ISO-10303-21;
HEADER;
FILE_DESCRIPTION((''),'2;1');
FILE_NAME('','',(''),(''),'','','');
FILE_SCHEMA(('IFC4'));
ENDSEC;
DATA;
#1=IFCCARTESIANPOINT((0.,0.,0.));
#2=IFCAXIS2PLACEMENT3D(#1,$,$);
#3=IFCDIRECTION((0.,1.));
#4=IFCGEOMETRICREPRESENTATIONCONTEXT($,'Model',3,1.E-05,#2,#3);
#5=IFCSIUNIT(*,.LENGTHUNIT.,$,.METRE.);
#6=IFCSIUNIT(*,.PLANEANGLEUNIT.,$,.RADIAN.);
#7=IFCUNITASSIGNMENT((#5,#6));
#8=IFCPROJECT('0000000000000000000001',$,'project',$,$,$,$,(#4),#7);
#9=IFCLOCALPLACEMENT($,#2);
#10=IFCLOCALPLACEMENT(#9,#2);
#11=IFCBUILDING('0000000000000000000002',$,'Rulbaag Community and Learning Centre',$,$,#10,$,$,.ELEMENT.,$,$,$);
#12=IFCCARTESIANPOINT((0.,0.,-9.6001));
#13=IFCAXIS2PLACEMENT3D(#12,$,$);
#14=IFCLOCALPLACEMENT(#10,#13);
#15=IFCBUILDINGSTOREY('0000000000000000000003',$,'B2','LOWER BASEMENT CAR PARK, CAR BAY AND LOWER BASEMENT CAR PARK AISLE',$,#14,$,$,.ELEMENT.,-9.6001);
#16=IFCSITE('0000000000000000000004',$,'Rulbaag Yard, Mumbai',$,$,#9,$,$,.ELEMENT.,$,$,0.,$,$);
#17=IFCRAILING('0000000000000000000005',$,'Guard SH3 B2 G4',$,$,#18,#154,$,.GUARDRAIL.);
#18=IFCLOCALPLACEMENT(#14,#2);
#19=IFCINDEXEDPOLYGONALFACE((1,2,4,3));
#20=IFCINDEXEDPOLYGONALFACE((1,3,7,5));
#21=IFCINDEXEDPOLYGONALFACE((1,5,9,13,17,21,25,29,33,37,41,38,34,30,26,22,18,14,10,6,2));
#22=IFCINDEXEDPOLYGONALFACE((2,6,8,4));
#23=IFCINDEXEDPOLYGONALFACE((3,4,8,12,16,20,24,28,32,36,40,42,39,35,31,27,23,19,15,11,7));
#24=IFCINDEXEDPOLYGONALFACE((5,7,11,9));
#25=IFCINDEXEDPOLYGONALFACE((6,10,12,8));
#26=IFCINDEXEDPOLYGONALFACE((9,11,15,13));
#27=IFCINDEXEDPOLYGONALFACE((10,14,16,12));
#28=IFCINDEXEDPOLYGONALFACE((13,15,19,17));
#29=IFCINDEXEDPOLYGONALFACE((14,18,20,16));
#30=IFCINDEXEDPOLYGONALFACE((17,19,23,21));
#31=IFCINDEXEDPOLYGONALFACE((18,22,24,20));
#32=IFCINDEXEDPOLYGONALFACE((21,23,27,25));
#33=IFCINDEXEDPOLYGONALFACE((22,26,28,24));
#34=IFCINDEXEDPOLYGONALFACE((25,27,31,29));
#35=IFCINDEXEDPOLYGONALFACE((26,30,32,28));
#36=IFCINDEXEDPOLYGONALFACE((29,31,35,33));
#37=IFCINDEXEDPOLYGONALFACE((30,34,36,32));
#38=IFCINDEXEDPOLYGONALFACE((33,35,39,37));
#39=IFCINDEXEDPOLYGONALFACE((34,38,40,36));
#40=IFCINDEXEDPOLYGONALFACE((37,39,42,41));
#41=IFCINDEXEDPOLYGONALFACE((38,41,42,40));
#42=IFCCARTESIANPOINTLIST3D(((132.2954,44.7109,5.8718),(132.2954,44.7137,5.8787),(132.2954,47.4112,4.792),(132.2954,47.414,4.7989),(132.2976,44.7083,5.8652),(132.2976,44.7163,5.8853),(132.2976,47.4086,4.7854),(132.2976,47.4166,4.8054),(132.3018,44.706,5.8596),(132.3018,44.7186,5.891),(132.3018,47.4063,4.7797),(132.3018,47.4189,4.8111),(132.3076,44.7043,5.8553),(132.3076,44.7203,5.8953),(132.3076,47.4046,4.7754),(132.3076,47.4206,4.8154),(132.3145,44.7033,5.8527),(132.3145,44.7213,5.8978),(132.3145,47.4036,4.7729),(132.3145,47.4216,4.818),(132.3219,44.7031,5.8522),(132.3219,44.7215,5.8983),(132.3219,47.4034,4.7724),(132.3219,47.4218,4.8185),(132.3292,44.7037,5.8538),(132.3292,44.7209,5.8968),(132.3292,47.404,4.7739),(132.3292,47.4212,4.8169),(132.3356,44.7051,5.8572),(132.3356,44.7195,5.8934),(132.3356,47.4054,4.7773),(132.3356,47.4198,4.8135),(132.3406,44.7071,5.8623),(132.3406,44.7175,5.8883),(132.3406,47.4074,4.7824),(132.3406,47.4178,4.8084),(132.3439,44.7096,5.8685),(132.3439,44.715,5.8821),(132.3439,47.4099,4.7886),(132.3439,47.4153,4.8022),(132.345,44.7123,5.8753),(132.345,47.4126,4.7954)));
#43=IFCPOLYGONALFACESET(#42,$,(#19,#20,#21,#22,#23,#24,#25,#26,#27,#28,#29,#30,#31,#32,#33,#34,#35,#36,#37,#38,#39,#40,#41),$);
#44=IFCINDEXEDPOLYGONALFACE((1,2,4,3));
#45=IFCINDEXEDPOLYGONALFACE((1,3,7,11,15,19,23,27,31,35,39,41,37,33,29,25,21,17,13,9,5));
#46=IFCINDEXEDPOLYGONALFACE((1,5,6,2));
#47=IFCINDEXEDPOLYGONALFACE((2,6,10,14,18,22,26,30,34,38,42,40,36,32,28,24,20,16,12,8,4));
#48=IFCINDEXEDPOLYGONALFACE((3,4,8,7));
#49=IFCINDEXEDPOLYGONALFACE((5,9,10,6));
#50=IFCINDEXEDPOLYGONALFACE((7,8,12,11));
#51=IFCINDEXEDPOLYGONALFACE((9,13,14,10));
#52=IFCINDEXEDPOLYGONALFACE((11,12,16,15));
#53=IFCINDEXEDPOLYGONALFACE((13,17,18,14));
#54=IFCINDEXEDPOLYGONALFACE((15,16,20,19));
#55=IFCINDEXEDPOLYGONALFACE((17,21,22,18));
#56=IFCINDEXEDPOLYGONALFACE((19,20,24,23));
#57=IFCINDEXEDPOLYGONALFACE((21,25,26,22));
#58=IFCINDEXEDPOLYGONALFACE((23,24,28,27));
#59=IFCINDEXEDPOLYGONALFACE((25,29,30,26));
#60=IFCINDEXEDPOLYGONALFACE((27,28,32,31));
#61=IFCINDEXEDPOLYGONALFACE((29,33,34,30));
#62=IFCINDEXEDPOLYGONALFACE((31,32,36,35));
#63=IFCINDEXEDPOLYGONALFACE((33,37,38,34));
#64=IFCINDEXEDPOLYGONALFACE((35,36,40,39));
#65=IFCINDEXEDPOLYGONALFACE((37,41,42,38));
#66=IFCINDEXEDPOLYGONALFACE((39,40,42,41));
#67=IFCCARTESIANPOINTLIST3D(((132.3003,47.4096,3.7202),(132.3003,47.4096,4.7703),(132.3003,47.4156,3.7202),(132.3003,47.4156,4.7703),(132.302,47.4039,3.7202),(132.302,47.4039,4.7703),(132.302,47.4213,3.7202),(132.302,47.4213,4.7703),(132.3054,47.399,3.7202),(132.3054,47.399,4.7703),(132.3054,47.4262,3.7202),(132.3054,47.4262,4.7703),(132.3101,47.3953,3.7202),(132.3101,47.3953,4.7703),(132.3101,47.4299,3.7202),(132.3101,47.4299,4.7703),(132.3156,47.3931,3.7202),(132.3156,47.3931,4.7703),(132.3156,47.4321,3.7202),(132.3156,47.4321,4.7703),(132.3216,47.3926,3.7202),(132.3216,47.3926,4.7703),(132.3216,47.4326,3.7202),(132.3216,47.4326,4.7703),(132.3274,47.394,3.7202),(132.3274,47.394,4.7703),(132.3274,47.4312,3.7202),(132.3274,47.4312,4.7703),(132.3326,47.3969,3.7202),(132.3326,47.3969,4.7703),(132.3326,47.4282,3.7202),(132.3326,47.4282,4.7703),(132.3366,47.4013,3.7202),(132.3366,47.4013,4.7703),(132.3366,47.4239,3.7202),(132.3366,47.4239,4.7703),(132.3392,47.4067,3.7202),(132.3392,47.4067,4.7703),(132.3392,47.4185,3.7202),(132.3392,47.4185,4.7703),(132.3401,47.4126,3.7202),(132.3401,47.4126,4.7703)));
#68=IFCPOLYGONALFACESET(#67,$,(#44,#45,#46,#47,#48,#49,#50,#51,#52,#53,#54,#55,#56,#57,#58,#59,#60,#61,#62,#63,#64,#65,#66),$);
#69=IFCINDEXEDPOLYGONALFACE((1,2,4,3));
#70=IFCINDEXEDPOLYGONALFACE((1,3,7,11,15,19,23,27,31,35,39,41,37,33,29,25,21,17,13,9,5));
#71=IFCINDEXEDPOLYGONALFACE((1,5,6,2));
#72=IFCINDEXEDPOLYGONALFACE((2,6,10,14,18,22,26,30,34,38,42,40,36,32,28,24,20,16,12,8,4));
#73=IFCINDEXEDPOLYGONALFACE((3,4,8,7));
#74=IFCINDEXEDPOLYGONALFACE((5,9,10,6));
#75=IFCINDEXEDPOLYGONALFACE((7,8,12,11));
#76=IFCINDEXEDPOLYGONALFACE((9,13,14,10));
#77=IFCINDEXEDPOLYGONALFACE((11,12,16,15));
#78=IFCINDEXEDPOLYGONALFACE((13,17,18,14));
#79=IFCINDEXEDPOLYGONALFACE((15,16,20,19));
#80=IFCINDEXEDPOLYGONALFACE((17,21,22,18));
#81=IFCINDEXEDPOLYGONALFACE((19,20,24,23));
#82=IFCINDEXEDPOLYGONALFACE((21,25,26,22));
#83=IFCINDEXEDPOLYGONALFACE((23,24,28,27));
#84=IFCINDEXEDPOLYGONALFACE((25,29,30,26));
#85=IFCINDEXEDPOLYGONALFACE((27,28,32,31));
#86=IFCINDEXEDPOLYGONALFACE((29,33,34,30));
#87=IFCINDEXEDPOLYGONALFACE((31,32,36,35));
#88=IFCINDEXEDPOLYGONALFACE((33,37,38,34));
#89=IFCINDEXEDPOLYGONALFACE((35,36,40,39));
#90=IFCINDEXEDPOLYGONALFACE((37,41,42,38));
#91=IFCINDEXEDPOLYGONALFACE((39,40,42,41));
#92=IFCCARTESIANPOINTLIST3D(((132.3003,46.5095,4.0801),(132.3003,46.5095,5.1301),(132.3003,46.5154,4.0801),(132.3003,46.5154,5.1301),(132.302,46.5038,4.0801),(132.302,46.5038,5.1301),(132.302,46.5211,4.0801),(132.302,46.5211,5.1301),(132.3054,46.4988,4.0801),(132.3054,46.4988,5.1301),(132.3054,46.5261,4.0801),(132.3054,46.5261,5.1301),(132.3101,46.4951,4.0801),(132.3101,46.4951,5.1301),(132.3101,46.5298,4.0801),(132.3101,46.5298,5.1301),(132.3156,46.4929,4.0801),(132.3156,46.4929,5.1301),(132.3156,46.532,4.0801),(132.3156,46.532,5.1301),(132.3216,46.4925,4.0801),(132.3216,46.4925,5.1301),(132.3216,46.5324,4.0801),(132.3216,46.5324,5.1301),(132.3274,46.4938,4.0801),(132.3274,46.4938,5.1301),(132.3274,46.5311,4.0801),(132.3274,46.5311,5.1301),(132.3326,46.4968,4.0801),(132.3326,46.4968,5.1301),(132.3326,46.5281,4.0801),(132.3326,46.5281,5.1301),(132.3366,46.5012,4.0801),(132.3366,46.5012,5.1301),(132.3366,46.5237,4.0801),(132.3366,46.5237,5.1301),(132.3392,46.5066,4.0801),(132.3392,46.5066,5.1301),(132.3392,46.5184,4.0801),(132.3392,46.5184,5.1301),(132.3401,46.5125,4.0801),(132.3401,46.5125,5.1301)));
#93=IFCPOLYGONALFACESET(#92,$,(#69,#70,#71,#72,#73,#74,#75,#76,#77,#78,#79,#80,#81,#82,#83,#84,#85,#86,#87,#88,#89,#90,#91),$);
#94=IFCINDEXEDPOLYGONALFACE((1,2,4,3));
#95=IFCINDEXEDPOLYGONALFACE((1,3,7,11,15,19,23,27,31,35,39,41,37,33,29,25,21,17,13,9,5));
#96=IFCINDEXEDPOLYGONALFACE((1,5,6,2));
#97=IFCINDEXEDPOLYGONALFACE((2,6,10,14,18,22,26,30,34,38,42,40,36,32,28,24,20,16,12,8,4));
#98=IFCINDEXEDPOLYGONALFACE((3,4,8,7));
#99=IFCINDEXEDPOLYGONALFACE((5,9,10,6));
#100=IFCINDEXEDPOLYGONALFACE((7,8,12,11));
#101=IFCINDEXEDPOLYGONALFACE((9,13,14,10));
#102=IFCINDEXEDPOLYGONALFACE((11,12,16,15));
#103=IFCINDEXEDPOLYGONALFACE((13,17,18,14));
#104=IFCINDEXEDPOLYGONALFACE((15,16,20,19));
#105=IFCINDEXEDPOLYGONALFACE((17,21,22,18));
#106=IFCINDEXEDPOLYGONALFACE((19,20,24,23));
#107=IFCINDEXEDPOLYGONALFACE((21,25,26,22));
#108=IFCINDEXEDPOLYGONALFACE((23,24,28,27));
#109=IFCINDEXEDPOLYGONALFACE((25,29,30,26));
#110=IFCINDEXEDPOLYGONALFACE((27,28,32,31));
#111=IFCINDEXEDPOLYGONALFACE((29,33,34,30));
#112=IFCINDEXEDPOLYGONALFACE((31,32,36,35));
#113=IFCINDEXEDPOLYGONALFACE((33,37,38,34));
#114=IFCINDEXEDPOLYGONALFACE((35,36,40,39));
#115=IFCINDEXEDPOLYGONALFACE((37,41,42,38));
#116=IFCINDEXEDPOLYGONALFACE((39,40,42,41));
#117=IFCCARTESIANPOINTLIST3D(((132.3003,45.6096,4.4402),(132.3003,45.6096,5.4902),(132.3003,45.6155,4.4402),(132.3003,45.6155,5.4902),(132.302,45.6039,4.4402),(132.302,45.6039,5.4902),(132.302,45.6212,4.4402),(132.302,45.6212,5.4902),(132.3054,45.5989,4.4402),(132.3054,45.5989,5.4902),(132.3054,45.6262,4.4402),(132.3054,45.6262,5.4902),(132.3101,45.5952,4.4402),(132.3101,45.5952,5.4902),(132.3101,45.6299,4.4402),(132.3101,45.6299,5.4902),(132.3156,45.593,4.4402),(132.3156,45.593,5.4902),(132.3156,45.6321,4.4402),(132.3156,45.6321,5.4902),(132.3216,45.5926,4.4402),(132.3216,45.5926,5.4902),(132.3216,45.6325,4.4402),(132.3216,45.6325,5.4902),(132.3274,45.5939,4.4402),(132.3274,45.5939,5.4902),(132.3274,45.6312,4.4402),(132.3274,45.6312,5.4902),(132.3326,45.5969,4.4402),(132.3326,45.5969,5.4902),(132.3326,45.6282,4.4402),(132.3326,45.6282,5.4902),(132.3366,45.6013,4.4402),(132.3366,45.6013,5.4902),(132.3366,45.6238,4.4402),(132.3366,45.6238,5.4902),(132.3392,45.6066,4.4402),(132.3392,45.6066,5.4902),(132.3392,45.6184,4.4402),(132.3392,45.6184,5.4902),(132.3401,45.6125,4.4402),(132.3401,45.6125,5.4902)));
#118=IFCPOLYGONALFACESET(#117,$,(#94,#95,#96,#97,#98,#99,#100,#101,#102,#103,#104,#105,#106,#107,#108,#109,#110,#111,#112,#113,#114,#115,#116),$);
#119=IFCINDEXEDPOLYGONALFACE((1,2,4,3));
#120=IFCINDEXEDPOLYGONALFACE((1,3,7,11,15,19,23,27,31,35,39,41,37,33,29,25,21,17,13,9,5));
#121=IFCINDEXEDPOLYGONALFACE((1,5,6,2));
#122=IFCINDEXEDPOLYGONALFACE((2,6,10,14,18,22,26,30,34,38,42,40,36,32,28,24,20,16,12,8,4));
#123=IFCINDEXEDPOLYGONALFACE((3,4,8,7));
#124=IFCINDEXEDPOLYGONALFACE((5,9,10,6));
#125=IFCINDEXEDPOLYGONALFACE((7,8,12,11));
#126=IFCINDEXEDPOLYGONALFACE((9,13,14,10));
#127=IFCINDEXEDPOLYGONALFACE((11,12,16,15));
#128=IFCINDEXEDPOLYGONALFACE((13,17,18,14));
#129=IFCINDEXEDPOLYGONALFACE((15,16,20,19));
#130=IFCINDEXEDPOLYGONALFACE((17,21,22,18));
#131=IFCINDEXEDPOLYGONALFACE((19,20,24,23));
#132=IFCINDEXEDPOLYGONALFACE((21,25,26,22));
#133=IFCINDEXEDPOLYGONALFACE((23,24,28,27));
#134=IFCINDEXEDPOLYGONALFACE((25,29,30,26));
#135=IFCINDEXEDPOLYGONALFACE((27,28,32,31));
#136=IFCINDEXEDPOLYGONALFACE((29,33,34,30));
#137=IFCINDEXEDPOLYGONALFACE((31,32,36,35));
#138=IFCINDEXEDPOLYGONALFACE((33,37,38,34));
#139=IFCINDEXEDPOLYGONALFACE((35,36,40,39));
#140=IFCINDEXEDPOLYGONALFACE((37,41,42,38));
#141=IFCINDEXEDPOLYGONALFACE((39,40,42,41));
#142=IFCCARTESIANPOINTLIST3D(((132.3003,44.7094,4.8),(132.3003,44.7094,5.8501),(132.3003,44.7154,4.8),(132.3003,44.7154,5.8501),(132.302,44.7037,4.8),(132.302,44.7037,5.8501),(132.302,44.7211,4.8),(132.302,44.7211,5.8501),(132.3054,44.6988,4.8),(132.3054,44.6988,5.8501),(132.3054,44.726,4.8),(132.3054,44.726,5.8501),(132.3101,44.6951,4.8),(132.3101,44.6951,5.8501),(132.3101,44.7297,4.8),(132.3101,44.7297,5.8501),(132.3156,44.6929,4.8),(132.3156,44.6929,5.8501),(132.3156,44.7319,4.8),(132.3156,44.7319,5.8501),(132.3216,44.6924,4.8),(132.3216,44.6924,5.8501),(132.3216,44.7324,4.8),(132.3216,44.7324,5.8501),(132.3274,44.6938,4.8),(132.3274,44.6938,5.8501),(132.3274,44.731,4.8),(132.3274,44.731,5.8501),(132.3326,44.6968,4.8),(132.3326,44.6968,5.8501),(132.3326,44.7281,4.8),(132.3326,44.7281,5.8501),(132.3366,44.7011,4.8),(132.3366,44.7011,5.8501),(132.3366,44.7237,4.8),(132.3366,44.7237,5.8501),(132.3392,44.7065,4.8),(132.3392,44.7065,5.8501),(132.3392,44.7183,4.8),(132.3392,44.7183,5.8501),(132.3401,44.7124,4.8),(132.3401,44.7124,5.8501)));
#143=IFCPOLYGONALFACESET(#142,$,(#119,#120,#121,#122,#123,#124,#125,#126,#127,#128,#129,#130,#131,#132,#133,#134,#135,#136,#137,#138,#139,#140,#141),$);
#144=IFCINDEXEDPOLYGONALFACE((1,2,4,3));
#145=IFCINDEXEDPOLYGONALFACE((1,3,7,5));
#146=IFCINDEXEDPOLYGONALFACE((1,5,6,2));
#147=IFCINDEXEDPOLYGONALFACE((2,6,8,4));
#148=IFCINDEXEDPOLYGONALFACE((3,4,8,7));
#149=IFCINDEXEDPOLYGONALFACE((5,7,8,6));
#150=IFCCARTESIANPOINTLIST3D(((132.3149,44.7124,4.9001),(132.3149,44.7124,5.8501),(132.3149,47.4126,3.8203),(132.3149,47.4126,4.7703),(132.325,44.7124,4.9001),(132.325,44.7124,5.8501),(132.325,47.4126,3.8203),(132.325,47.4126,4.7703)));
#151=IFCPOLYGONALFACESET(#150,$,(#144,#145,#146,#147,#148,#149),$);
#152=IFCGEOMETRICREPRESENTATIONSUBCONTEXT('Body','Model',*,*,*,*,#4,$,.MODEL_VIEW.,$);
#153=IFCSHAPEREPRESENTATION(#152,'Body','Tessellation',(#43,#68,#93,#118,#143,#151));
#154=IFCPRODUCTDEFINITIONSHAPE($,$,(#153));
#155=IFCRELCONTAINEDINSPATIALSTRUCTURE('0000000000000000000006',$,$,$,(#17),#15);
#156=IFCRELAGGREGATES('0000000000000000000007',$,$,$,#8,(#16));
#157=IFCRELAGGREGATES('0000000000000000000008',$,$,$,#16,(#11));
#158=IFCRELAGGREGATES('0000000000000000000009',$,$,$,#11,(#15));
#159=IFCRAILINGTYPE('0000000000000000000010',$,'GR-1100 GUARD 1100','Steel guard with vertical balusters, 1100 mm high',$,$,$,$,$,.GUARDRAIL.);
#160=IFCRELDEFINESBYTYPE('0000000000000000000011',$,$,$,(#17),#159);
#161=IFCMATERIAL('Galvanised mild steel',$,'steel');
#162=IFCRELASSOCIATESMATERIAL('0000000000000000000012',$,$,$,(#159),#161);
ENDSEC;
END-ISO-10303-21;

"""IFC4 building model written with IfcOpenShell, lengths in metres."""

from ifc_helpers import new_model, si_unit, direction, frame, origin, origin_2d, place, context, subcontext, project, spatial, polyline, circle, outline, extrude, material, type_object, element, save


model = new_model("IFC4")

# Units and contexts
model_context = context("Model", 3, precision=1e-05, world=origin(), true_north=direction((0.0, 1.0)))
body_context = subcontext(model_context, "Body", "Model", "MODEL_VIEW")
ifc_project = project(units=[si_unit("LENGTHUNIT", "METRE"), si_unit("PLANEANGLEUNIT", "RADIAN")], contexts=[model_context])

# Site, building, storey
site_placement = place(None, origin())
site = spatial("IfcSite", under=ifc_project, at=site_placement, Name="Rulbaag Yard, Mumbai", CompositionType="ELEMENT", RefElevation=0.0)
building_placement = place(site_placement, origin())
building = spatial("IfcBuilding", under=site, at=building_placement, Name="Rulbaag Community and Learning Centre", CompositionType="ELEMENT")
storey_placement = place(building_placement, frame((0.0, 0.0, -9.6001)))
storey = spatial("IfcBuildingStorey", under=building, at=storey_placement, Name="B2", Description="LOWER BASEMENT CAR PARK, CAR BAY AND LOWER BASEMENT CAR PARK AISLE", CompositionType="ELEMENT", Elevation=-9.6001)

# Railing
ifc_material_1 = material(Name="Galvanised mild steel", Category="steel")
railing_type_1 = type_object("IfcRailingType", Name="GR-1100 GUARD 1100", Description="Steel guard with vertical balusters, 1100 mm high", PredefinedType="GUARDRAIL", material=ifc_material_1)
railing_1_placement = place(storey_placement, frame((132.3201, 47.4126, 3.7202)))
element("IfcRailing", 1, at=railing_1_placement, inside=storey, type_object=railing_type_1, Name="Guard SH3 B2 G4", PredefinedType="GUARDRAIL", context=body_context, shape_type="SweptSolid", body=[
    extrude(circle(Radius=0.0249, at=origin_2d()), frame((0.0, 0.0, 1.0752), z_axis=(0.0, -0.928506, 0.371318), x_axis=(1.0, 0.0, 0.0)), (0.0, 0.0, 1.0), 2.9082),
    extrude(circle(Radius=0.02, at=origin_2d()), origin(), (0.0, 0.0, 1.0), 1.05),
    extrude(circle(Radius=0.02, at=origin_2d()), frame((0.0, -0.9001, 0.3599)), (0.0, 0.0, 1.0), 1.05),
    extrude(circle(Radius=0.02, at=origin_2d()), frame((0.0, -1.8, 0.72)), (0.0, 0.0, 1.0), 1.05),
    extrude(circle(Radius=0.02, at=origin_2d()), frame((0.0, -2.7002, 1.0798)), (0.0, 0.0, 1.0), 1.05),
    extrude(outline(polyline([(0.0, 0.0), (2.7002, 1.0798), (2.7002, 2.0298), (0.0, 0.95), (0.0, 0.0)])), frame((0.0049, 0.0, 0.1001), z_axis=(-1.0, 0.0, 0.0), x_axis=(0.0, -1.0, 0.0)), (0.0, 0.0, 1.0), 0.01),
])

save(model, "model.ifc")
